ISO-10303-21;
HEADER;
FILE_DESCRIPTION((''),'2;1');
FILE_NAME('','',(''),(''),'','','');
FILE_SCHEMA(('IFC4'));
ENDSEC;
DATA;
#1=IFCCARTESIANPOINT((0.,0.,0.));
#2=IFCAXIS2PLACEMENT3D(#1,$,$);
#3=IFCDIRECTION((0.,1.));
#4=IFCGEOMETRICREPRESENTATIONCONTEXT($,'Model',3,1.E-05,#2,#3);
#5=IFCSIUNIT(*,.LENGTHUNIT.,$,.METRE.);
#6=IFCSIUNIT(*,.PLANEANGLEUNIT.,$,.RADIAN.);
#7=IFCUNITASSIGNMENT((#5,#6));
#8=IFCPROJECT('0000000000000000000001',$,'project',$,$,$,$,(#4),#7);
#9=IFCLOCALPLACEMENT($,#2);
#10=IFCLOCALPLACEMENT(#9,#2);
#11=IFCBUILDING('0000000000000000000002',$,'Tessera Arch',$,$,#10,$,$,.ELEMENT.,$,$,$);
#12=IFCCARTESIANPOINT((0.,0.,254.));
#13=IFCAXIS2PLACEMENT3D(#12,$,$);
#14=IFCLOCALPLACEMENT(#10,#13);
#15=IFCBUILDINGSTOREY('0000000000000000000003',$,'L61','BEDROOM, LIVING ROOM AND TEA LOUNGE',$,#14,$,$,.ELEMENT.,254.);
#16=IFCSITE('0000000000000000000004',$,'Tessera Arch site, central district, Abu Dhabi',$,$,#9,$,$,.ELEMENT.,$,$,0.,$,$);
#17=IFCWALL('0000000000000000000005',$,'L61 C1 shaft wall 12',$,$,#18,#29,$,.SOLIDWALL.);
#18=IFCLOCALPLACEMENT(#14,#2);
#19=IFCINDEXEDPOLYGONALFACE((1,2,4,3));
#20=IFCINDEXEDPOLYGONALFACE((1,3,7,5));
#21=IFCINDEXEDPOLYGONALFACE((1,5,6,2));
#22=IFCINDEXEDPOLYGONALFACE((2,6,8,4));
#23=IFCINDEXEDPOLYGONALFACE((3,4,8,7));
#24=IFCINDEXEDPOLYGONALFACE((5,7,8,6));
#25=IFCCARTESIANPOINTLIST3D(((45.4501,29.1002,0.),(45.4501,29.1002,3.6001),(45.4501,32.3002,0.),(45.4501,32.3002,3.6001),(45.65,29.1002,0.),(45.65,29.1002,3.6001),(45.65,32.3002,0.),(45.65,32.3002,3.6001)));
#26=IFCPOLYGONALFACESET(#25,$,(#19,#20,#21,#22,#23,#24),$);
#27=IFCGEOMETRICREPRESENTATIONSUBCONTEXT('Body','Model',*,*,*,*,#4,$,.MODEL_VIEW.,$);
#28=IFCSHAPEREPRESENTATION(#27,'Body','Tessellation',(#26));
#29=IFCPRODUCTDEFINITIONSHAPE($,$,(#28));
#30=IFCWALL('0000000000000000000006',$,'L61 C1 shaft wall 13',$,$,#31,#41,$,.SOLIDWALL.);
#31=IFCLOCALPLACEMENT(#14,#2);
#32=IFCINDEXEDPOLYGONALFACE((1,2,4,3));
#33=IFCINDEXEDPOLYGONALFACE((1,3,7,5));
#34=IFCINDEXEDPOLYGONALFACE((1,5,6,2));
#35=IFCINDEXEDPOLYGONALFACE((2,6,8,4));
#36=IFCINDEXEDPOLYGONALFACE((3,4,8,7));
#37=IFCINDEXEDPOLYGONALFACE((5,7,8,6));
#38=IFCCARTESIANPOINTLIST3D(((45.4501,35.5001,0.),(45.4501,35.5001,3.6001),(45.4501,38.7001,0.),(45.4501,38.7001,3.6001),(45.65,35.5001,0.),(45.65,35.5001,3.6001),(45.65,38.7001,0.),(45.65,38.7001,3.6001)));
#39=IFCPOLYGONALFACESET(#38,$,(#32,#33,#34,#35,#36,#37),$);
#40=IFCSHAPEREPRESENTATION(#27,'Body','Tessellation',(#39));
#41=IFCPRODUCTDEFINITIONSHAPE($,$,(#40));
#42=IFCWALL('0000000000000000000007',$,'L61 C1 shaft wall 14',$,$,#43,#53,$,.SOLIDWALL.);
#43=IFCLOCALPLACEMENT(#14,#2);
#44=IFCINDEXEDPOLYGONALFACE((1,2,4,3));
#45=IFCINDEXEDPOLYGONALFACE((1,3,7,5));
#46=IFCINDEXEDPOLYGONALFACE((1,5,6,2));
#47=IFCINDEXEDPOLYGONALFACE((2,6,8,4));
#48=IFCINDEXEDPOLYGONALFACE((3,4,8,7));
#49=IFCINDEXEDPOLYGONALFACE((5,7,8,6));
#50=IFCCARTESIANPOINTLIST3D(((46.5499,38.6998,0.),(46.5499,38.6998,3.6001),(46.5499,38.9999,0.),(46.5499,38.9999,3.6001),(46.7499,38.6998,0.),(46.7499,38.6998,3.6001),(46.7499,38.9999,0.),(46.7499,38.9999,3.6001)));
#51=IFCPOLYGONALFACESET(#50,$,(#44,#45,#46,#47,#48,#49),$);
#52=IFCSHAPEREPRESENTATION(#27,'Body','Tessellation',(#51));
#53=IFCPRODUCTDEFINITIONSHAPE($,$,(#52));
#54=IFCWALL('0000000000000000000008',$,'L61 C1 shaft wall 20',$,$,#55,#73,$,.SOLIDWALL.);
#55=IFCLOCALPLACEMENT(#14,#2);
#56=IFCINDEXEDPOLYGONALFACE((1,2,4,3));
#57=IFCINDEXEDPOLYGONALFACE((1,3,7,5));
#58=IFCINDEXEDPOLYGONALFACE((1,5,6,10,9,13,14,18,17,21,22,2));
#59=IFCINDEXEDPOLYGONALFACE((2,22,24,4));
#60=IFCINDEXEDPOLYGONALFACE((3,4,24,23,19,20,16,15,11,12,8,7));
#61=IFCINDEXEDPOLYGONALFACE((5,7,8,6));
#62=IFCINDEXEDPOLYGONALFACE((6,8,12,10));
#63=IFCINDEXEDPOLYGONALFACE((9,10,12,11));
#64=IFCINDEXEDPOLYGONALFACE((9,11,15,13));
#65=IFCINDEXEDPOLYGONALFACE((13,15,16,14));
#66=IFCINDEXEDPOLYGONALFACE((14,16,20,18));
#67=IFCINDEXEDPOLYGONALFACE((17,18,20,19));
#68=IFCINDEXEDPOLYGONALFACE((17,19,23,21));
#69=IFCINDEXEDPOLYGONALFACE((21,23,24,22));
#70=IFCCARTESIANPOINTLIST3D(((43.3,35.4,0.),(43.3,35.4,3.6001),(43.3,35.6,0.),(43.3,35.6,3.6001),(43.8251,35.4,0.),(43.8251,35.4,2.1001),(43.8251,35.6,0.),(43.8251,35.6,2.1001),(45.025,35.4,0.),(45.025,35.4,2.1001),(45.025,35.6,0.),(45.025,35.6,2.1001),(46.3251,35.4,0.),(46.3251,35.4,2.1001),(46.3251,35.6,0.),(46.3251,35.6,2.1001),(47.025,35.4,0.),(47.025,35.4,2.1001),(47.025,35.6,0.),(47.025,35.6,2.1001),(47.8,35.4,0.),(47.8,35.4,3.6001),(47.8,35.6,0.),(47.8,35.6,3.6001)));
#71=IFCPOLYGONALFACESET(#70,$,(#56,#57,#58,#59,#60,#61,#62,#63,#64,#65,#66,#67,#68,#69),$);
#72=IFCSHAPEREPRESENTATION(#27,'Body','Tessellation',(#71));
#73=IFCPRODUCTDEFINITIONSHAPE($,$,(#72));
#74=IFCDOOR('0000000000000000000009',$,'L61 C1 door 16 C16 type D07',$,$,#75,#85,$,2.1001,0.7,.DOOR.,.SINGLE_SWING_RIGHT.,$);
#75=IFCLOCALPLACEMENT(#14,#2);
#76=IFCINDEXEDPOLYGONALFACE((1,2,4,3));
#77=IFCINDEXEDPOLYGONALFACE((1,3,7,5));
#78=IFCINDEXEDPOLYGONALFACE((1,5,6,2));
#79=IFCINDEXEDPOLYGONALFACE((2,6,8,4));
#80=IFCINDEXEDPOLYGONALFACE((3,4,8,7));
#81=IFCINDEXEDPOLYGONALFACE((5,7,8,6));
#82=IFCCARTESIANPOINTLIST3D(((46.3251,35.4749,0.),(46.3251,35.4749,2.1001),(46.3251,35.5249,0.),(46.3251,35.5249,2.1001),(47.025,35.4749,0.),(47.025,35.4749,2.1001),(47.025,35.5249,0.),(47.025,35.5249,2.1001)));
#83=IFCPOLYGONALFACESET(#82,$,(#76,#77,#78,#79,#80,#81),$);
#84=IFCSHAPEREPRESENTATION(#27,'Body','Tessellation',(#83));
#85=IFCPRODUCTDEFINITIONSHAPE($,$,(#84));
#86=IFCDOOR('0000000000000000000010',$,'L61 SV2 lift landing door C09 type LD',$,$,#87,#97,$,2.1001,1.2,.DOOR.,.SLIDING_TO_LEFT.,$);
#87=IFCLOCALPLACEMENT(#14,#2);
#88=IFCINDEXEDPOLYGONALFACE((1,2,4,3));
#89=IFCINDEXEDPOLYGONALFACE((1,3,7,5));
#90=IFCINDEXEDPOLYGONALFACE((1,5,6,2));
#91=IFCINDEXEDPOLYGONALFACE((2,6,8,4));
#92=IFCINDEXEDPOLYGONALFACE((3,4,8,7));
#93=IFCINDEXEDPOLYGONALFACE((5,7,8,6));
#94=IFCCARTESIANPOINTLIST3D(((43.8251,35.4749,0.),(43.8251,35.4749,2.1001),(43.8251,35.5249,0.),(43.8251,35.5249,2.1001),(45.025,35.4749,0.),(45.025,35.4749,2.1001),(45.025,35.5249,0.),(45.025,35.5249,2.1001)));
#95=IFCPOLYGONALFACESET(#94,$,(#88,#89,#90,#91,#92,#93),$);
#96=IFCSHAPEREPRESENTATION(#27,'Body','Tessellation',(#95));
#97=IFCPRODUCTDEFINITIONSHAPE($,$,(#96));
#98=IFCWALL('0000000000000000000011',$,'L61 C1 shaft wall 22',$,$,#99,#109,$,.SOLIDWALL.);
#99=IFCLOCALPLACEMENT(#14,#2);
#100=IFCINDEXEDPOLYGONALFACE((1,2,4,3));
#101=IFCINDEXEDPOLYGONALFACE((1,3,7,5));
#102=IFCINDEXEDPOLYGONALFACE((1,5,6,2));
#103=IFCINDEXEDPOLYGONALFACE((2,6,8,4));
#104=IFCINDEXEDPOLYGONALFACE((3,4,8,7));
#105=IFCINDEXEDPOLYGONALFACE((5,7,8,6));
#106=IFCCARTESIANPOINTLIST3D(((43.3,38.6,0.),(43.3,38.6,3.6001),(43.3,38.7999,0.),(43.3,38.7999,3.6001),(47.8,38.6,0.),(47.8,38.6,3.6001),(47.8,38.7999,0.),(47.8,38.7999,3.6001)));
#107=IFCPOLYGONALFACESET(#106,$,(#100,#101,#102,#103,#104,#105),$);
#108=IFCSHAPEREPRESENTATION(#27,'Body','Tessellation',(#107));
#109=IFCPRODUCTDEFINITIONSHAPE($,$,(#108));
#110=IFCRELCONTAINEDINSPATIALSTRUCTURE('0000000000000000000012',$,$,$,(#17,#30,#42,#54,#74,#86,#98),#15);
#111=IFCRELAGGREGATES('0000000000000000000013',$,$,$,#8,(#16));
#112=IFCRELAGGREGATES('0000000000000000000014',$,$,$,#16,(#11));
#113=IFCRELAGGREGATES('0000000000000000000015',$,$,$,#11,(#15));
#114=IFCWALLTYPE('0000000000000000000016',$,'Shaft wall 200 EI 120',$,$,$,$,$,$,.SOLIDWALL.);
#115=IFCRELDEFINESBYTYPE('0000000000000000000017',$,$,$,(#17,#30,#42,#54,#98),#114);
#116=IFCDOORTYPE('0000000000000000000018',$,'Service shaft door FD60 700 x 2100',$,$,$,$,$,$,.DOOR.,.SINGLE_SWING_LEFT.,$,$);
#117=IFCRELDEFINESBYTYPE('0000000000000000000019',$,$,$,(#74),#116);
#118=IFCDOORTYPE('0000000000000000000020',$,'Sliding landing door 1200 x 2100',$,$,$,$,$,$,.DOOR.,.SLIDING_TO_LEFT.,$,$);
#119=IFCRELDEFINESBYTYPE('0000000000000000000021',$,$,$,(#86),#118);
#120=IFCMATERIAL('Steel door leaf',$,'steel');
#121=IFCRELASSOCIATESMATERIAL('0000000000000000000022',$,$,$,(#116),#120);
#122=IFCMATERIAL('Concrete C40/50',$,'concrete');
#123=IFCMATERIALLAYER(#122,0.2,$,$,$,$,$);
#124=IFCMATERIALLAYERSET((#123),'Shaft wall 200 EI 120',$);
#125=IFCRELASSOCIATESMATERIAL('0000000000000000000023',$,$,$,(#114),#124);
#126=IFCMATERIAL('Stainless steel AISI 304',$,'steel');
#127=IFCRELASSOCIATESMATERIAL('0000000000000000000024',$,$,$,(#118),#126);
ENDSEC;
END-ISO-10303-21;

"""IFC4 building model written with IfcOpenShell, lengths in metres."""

from ifc_helpers import new_model, si_unit, direction, frame, frame_2d, origin, place, context, subcontext, project, spatial, rectangle, extrude, material, layer, layer_set, type_object, element, fill, save


model = new_model("IFC4")

# Units and contexts
model_context = context("Model", 3, precision=1e-05, world=origin(), true_north=direction((0.0, 1.0)))
body_context = subcontext(model_context, "Body", "Model", "MODEL_VIEW")
ifc_project = project(units=[si_unit("LENGTHUNIT", "METRE"), si_unit("PLANEANGLEUNIT", "RADIAN")], contexts=[model_context])

# Site, building, storey
site_placement = place(None, origin())
site = spatial("IfcSite", under=ifc_project, at=site_placement, Name="Tessera Arch site, central district, Abu Dhabi", CompositionType="ELEMENT", RefElevation=0.0)
building_placement = place(site_placement, origin())
building = spatial("IfcBuilding", under=site, at=building_placement, Name="Tessera Arch", CompositionType="ELEMENT")
storey_placement = place(building_placement, frame((0.0, 0.0, 254.0)))
storey = spatial("IfcBuildingStorey", under=building, at=storey_placement, Name="L61", Description="BEDROOM, LIVING ROOM AND TEA LOUNGE", CompositionType="ELEMENT", Elevation=254.0)

# Shared definitions
ifc_material_1 = material(Name="Steel door leaf", Category="steel")
door_type_1 = type_object("IfcDoorType", Name="Service shaft door FD60 700 x 2100", OperationType="SINGLE_SWING_LEFT", PredefinedType="DOOR", material=ifc_material_1)

# Walls
ifc_material_2 = material(Name="Concrete C40/50", Category="concrete")
ifc_layer_1 = layer(ifc_material_2, 0.2)
ifc_layer_set_1 = layer_set([ifc_layer_1], Name="Shaft wall 200 EI 120")
wall_type_1 = type_object("IfcWallType", Name="Shaft wall 200 EI 120", PredefinedType="SOLIDWALL", material=ifc_layer_set_1)
for number, where, z_axis, x_axis, name in (
    (1, (45.55, 29.1001, 0.0), (0.0, 0.0, 1.0), (0.0, 1.0, 0.0), "L61 C1 shaft wall 12"),
    (2, (45.55, 35.5, 0.0), (0.0, 0.0, 1.0), (0.0, 1.0, 0.0), "L61 C1 shaft wall 13"),
):
    element("IfcWall", number, at=place(storey_placement, frame(where, z_axis=z_axis, x_axis=x_axis)), inside=storey, type_object=wall_type_1, Name=name, PredefinedType="SOLIDWALL", context=body_context, shape_type="SweptSolid", body=[
        extrude(rectangle(XDim=3.2, YDim=0.2, at=frame_2d((1.6001, 0.0))), origin(), (0.0, 0.0, 1.0), 3.6001),
    ])
wall_1_placement = place(storey_placement, frame((46.6499, 38.7, 0.0), z_axis=(0.0, 0.0, 1.0), x_axis=(0.0, 1.0, 0.0)))
element("IfcWall", 3, at=wall_1_placement, inside=storey, type_object=wall_type_1, Name="L61 C1 shaft wall 14", PredefinedType="SOLIDWALL", context=body_context, shape_type="SweptSolid", body=[
    extrude(rectangle(XDim=0.3, YDim=0.2, at=frame_2d((0.1499, 0.0))), origin(), (0.0, 0.0, 1.0), 3.6001),
])

# Wall, openings, doors
wall_2_placement = place(storey_placement, frame((43.3, 35.5, 0.0), z_axis=(0.0, 0.0, 1.0), x_axis=(1.0, 0.0, 0.0)))
wall_2 = element("IfcWall", 4, at=wall_2_placement, inside=storey, type_object=wall_type_1, Name="L61 C1 shaft wall 20", PredefinedType="SOLIDWALL", context=body_context, shape_type="SweptSolid", body=[
    extrude(rectangle(XDim=4.5, YDim=0.2, at=frame_2d((2.25, 0.0))), origin(), (0.0, 0.0, 1.0), 3.6001),
])
opening_1_placement = place(wall_2_placement, frame((0.5249, 0.0, 0.0)))
opening_1 = element("IfcOpeningElement", 5, at=opening_1_placement, cuts=wall_2, PredefinedType="OPENING", context=body_context, shape_type="SweptSolid", body=[
    extrude(rectangle(XDim=1.2, YDim=2.1001, at=frame_2d((0.6001, 1.05))), frame((0.0, 0.1099, 0.0), z_axis=(0.0, -1.0, 0.0), x_axis=(1.0, 0.0, 0.0)), (0.0, 0.0, 1.0), 0.22),
])
opening_2_placement = place(wall_2_placement, frame((3.0249, 0.0, 0.0)))
opening_2 = element("IfcOpeningElement", 6, at=opening_2_placement, cuts=wall_2, PredefinedType="OPENING", context=body_context, shape_type="SweptSolid", body=[
    extrude(rectangle(XDim=0.7, YDim=2.1001, at=frame_2d((0.3501, 1.05))), frame((0.0, 0.1099, 0.0), z_axis=(0.0, -1.0, 0.0), x_axis=(1.0, 0.0, 0.0)), (0.0, 0.0, 1.0), 0.22),
])
door_1_placement = place(opening_2_placement, origin())
door_1 = element("IfcDoor", 7, at=door_1_placement, inside=storey, type_object=door_type_1, Name="L61 C1 door 16 C16 type D07", OperationType="SINGLE_SWING_RIGHT", OverallHeight=2.1001, OverallWidth=0.7, PredefinedType="DOOR", context=body_context, shape_type="SweptSolid", body=[
    extrude(rectangle(XDim=0.7, YDim=2.1001, at=frame_2d((0.3501, 1.05))), frame((0.0, 0.0249, 0.0), z_axis=(0.0, -1.0, 0.0), x_axis=(1.0, 0.0, 0.0)), (0.0, 0.0, 1.0), 0.05),
])
fill(opening_2, door_1)
ifc_material_3 = material(Name="Stainless steel AISI 304", Category="steel")
door_type_2 = type_object("IfcDoorType", Name="Sliding landing door 1200 x 2100", OperationType="SLIDING_TO_LEFT", PredefinedType="DOOR", material=ifc_material_3)
door_2_placement = place(opening_1_placement, origin())
door_2 = element("IfcDoor", 8, at=door_2_placement, inside=storey, type_object=door_type_2, Name="L61 SV2 lift landing door C09 type LD", OperationType="SLIDING_TO_LEFT", OverallHeight=2.1001, OverallWidth=1.2, PredefinedType="DOOR", context=body_context, shape_type="SweptSolid", body=[
    extrude(rectangle(XDim=1.2, YDim=2.1001, at=frame_2d((0.6001, 1.05))), frame((0.0, 0.0249, 0.0), z_axis=(0.0, -1.0, 0.0), x_axis=(1.0, 0.0, 0.0)), (0.0, 0.0, 1.0), 0.05),
])
fill(opening_1, door_2)

# Wall
wall_3_placement = place(storey_placement, frame((43.3, 38.7, 0.0), z_axis=(0.0, 0.0, 1.0), x_axis=(1.0, 0.0, 0.0)))
element("IfcWall", 9, at=wall_3_placement, inside=storey, type_object=wall_type_1, Name="L61 C1 shaft wall 22", PredefinedType="SOLIDWALL", context=body_context, shape_type="SweptSolid", body=[
    extrude(rectangle(XDim=4.5, YDim=0.2, at=frame_2d((2.25, 0.0))), origin(), (0.0, 0.0, 1.0), 3.6001),
])

save(model, "model.ifc")
